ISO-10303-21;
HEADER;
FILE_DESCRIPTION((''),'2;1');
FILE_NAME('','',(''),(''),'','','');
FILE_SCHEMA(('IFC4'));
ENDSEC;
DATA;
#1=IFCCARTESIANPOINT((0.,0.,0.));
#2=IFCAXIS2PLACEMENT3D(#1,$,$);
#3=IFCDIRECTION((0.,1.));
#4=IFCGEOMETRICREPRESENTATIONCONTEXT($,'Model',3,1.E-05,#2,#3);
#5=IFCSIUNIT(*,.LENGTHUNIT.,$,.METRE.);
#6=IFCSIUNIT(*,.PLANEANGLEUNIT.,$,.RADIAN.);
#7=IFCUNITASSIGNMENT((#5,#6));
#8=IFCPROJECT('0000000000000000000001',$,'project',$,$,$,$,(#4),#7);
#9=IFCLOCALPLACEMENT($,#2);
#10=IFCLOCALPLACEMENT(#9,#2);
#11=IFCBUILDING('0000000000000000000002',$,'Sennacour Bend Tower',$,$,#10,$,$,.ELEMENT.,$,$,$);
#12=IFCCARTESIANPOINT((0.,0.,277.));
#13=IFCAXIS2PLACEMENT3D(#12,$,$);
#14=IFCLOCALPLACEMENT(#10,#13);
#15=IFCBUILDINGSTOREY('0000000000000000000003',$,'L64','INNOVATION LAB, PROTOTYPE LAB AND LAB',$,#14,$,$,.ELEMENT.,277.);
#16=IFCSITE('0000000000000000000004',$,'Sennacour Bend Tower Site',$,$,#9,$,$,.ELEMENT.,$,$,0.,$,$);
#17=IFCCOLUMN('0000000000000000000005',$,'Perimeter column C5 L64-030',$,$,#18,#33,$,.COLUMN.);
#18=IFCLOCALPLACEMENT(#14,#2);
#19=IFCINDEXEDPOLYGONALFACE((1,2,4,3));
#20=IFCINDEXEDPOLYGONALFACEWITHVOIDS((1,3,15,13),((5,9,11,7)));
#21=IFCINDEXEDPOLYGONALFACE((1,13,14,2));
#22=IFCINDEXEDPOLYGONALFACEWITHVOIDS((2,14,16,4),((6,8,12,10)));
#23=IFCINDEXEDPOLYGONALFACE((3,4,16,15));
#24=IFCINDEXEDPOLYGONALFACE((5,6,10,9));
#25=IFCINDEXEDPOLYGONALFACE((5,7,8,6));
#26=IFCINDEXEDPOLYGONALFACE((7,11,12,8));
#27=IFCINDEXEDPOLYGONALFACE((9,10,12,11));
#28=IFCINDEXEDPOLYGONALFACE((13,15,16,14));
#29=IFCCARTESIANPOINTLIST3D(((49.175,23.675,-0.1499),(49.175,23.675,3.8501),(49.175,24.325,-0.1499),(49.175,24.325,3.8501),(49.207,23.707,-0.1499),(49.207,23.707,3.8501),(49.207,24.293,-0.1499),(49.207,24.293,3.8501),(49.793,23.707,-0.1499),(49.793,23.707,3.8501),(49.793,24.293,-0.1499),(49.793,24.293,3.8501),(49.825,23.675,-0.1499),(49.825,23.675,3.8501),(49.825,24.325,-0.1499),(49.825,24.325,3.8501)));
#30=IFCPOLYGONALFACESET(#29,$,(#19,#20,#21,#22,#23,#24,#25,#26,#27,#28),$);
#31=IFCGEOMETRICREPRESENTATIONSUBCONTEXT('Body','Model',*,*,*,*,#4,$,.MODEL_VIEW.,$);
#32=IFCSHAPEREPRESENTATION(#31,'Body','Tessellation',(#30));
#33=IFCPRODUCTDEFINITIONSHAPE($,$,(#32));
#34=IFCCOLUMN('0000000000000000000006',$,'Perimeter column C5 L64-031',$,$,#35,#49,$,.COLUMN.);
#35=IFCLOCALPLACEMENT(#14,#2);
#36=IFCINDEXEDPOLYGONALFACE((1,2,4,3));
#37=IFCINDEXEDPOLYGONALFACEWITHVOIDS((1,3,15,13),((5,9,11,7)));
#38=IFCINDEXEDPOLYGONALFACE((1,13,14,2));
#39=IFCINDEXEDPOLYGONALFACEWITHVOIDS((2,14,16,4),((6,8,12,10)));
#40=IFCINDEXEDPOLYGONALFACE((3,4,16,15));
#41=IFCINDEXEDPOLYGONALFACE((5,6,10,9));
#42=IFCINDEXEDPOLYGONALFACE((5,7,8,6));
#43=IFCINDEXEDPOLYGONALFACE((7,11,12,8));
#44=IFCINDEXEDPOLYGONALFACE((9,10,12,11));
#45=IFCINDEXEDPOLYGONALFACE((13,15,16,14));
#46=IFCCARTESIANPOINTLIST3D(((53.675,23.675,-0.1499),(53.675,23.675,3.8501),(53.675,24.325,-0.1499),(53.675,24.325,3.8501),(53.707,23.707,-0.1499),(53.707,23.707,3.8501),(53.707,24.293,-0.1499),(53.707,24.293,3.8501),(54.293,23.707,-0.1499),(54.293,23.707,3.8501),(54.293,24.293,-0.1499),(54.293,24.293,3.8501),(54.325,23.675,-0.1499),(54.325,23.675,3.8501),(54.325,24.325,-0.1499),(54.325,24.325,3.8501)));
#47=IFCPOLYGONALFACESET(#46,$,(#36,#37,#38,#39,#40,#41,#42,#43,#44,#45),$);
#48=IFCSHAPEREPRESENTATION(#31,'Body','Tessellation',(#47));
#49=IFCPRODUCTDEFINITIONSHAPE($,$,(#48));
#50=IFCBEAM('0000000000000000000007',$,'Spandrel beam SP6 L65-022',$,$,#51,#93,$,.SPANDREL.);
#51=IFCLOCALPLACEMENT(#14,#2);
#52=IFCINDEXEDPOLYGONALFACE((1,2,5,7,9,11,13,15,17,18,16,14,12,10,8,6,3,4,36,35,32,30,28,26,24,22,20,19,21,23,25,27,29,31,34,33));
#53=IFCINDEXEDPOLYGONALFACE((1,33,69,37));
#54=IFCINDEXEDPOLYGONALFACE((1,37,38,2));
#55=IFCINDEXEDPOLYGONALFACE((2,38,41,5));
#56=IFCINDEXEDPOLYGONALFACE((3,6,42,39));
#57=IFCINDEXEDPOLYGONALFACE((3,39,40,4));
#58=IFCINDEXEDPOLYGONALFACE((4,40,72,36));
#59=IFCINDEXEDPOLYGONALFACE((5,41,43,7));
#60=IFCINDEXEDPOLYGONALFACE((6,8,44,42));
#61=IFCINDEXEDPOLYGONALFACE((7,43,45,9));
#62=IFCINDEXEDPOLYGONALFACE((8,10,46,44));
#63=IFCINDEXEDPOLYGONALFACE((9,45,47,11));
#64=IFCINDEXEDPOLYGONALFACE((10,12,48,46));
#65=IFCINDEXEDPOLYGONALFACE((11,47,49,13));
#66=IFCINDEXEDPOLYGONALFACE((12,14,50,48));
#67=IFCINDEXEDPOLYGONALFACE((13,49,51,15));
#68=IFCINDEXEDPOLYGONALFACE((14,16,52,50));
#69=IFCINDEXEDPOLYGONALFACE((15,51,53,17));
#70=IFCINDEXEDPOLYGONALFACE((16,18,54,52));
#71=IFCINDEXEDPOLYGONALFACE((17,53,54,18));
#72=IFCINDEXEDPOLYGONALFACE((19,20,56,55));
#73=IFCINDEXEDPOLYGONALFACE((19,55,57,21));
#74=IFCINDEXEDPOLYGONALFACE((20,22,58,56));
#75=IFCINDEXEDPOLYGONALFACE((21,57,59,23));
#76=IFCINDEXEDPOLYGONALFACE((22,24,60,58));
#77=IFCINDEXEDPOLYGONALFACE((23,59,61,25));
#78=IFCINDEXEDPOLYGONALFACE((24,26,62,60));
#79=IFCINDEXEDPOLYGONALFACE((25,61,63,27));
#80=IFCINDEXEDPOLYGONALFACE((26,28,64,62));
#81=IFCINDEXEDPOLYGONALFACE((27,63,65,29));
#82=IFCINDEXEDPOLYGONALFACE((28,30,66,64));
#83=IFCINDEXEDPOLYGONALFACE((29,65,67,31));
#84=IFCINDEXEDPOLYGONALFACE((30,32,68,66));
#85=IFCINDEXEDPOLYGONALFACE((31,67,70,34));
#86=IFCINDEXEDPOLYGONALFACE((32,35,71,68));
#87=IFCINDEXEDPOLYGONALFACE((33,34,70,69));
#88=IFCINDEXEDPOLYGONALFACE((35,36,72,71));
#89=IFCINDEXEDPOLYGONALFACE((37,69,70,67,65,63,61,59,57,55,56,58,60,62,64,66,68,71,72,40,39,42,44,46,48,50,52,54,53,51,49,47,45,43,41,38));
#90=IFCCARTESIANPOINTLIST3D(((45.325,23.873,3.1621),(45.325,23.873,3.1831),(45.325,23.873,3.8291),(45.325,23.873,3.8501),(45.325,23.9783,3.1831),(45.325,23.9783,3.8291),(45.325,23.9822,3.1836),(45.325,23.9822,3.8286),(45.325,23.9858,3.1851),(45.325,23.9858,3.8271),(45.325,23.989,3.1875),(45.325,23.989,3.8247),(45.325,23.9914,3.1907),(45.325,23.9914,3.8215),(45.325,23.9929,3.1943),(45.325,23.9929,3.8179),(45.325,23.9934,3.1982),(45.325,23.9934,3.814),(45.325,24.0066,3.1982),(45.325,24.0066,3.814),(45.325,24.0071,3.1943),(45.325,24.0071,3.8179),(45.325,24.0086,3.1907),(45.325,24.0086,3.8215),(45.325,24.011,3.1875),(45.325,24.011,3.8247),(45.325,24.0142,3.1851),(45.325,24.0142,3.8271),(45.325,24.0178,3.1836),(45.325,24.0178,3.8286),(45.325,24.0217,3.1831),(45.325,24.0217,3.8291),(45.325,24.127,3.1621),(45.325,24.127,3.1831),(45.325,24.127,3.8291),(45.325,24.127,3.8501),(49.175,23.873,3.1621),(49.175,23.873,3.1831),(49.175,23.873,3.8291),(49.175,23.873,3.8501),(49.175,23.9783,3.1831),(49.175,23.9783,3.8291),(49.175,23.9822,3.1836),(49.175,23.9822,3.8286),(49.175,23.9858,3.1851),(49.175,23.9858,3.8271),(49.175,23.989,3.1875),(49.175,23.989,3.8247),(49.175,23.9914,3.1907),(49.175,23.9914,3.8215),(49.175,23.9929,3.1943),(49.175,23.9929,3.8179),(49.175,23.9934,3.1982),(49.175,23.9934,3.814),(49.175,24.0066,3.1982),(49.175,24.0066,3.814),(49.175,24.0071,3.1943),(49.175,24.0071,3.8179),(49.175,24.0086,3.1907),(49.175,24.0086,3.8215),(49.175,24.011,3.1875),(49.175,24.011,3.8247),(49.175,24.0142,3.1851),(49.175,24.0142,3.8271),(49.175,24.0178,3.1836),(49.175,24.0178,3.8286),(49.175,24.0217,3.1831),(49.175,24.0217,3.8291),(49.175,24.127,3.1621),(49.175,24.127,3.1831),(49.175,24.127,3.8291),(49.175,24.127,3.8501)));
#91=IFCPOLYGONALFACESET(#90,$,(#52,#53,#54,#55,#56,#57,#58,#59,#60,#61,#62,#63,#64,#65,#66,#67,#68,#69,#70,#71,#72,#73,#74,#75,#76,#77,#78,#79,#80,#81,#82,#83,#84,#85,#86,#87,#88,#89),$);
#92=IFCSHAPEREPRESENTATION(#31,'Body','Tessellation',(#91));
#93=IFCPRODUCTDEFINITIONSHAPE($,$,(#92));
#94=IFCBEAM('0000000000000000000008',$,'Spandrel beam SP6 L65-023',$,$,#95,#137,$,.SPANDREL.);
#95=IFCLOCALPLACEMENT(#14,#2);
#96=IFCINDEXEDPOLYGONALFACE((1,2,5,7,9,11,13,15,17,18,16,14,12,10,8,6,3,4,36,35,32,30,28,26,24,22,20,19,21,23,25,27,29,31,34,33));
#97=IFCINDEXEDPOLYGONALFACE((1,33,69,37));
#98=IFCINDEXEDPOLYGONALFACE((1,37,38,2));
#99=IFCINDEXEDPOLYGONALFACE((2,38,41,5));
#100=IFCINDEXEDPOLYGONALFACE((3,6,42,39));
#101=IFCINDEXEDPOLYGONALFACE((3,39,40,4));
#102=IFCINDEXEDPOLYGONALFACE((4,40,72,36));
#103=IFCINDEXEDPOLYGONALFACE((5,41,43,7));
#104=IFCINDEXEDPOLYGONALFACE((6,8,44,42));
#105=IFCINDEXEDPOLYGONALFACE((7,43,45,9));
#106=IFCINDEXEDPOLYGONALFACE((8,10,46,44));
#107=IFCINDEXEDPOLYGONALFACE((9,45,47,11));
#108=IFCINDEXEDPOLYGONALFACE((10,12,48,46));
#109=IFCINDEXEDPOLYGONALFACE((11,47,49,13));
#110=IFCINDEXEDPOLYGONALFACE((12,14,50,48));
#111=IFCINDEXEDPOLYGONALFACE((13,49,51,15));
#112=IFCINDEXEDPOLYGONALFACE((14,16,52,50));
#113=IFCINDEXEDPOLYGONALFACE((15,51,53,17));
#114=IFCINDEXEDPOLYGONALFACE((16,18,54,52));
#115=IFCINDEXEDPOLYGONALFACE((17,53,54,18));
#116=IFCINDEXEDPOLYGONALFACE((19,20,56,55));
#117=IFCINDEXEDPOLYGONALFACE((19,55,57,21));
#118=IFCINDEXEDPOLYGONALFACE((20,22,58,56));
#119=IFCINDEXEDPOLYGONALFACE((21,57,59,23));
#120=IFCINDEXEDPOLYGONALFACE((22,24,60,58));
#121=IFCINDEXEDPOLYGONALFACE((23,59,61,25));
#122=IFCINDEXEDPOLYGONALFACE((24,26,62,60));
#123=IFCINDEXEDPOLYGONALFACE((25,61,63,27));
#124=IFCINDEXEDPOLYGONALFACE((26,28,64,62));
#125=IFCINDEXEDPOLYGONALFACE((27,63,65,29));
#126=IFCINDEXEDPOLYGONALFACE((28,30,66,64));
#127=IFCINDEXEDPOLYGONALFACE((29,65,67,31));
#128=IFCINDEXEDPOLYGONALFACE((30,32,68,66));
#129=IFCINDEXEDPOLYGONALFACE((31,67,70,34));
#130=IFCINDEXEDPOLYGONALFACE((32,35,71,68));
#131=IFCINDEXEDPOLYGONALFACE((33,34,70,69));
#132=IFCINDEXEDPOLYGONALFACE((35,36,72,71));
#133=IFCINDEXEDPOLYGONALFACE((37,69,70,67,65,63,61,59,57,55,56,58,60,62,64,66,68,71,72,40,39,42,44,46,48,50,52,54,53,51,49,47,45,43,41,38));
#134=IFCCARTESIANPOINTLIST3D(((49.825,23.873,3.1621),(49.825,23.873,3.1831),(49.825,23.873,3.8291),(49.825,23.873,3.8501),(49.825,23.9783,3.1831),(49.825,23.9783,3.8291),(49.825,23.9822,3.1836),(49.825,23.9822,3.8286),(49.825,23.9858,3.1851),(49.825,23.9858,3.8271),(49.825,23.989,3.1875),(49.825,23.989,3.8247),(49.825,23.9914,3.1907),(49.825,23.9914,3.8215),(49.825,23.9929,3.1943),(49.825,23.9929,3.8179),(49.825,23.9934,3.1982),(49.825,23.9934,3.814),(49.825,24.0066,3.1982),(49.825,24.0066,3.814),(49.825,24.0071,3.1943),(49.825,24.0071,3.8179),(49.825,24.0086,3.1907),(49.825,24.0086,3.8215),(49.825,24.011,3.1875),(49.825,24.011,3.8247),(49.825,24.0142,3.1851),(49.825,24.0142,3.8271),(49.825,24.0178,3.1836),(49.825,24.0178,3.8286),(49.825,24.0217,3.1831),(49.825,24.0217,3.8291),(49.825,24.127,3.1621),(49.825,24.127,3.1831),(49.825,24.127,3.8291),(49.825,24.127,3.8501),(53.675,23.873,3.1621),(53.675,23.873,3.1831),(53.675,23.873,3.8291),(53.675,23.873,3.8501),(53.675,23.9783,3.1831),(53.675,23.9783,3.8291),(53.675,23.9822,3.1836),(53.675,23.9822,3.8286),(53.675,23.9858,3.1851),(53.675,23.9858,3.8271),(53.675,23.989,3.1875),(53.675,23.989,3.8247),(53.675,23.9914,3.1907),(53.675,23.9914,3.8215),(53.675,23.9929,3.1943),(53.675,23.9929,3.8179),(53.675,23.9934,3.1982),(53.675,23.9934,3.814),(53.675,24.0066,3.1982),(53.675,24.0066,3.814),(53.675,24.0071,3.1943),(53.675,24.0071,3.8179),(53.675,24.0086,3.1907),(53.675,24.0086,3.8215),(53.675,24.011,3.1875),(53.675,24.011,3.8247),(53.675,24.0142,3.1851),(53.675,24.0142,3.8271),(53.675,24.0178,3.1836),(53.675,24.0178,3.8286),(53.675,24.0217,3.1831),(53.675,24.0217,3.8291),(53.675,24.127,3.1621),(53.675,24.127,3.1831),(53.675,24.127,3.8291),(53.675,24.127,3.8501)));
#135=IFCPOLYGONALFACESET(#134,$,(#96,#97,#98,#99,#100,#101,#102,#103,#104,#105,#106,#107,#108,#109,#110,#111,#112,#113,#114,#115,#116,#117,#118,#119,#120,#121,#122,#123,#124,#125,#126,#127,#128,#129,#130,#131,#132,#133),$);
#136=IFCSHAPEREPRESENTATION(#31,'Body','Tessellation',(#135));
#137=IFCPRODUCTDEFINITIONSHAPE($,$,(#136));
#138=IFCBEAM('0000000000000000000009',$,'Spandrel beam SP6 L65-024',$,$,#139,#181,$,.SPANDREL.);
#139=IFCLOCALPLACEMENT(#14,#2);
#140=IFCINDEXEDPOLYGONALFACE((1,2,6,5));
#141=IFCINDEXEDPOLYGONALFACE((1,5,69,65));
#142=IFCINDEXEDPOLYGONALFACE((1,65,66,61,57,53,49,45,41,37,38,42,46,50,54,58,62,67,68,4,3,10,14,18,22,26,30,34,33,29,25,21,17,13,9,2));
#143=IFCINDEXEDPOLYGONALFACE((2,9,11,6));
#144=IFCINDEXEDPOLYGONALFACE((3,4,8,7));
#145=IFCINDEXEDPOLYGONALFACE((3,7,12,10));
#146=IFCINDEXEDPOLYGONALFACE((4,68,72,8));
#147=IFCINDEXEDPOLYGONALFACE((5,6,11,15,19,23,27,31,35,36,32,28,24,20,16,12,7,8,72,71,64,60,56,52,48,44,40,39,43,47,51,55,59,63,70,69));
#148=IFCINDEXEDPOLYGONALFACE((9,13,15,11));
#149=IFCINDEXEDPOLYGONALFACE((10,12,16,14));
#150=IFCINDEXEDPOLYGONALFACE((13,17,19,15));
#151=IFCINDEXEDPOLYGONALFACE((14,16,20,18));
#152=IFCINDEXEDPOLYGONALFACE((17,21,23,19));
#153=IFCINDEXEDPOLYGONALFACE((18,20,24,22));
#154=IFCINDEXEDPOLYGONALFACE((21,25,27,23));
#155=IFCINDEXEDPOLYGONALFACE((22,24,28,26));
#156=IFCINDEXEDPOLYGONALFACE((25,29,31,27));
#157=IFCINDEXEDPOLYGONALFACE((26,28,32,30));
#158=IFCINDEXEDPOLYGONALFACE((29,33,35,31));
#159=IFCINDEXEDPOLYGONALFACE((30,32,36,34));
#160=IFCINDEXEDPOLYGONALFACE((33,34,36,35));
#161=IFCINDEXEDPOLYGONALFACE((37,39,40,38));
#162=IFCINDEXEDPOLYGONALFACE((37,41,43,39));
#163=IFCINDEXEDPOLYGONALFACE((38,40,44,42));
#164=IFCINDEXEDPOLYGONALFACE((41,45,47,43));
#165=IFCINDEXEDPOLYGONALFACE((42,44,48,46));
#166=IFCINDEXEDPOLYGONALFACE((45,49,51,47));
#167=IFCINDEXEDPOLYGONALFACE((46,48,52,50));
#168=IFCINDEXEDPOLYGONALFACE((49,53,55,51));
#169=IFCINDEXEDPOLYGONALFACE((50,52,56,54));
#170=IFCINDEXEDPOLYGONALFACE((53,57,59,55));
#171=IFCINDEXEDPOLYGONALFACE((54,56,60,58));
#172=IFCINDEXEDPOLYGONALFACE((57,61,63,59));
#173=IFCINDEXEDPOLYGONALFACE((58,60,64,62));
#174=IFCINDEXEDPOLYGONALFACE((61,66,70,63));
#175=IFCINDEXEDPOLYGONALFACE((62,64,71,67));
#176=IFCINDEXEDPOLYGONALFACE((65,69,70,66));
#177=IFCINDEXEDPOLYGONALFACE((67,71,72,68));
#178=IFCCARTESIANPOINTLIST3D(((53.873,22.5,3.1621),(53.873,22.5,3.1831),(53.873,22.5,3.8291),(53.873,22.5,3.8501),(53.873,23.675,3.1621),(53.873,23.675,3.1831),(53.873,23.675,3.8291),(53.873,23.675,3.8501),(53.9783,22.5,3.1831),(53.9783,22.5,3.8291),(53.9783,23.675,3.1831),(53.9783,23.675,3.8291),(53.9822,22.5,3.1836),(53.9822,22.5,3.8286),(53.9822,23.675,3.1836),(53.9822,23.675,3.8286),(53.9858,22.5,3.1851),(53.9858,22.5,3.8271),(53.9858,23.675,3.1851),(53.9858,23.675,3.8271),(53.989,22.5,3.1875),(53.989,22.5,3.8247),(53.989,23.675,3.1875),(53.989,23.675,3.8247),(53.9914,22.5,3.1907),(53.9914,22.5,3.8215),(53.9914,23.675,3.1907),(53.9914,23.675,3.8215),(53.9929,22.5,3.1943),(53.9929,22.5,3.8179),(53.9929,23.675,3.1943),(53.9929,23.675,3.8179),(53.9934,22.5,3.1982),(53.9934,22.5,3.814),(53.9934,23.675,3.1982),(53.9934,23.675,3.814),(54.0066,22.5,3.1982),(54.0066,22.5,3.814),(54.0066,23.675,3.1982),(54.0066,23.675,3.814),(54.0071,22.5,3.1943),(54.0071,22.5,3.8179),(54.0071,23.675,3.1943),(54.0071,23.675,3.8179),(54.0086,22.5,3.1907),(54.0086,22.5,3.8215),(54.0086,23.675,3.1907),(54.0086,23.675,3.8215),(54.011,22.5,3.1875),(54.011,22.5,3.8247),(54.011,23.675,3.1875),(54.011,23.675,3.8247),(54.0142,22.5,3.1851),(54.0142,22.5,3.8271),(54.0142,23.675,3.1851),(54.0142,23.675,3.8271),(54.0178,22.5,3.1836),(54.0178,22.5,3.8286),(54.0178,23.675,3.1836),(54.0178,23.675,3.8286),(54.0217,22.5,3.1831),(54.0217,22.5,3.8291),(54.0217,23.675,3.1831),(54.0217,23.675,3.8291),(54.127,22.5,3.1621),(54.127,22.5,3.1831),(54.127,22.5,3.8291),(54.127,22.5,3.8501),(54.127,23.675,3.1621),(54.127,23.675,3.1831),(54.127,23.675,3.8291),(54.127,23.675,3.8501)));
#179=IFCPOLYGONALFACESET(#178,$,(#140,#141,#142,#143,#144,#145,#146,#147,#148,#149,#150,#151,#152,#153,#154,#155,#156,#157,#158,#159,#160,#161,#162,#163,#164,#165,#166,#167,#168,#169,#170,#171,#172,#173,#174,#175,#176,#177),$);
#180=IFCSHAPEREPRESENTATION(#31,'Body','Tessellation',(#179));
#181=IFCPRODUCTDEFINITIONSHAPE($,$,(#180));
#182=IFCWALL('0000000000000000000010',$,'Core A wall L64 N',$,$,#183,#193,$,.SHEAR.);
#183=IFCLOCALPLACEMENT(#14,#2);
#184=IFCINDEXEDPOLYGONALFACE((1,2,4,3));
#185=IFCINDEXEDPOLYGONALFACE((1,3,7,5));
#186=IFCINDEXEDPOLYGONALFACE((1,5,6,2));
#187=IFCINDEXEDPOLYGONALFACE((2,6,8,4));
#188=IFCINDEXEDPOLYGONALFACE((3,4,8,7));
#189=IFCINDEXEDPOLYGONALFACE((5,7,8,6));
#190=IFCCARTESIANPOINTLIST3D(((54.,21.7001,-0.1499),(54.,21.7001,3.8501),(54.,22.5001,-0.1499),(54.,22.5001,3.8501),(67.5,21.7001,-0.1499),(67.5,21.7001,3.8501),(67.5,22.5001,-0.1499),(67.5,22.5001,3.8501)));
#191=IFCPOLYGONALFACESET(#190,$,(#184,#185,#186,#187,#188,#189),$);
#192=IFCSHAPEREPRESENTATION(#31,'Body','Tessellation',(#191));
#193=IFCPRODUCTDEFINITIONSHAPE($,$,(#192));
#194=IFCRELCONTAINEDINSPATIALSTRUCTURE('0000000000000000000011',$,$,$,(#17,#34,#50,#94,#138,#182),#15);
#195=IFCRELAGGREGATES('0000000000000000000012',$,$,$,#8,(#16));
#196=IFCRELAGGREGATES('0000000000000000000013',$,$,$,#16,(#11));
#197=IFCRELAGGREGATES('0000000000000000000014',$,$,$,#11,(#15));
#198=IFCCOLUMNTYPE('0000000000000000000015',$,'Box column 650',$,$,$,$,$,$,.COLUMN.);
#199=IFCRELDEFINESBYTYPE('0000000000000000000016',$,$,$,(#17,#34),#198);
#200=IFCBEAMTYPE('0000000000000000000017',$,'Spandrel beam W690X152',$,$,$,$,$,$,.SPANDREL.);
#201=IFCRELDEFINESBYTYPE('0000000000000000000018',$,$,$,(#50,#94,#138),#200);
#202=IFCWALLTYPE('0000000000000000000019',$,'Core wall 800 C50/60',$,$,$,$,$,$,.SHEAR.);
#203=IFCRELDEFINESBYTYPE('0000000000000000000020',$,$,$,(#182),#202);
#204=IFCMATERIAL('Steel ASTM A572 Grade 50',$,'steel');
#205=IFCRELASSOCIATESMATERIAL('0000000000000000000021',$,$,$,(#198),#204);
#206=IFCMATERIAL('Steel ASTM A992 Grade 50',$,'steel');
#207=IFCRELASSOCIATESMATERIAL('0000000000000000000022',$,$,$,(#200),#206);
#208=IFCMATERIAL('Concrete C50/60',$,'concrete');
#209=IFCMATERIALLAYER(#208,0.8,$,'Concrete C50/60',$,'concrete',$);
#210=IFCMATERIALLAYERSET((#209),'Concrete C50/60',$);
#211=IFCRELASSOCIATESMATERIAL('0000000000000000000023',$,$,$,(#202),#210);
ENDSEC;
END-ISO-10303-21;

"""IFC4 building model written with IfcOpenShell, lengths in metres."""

from ifc_helpers import new_model, si_unit, direction, frame, frame_2d, origin, origin_2d, place, context, subcontext, project, spatial, rectangle, hollow_rectangle, i_section, extrude, material, layer, layer_set, material_profile, profile_set, type_object, element, save


model = new_model("IFC4")

# Units and contexts
model_context = context("Model", 3, precision=1e-05, world=origin(), true_north=direction((0.0, 1.0)))
body_context = subcontext(model_context, "Body", "Model", "MODEL_VIEW")
ifc_project = project(units=[si_unit("LENGTHUNIT", "METRE"), si_unit("PLANEANGLEUNIT", "RADIAN")], contexts=[model_context])

# Site, building, storey
site_placement = place(None, origin())
site = spatial("IfcSite", under=ifc_project, at=site_placement, Name="Sennacour Bend Tower Site", CompositionType="ELEMENT", RefElevation=0.0)
building_placement = place(site_placement, origin())
building = spatial("IfcBuilding", under=site, at=building_placement, Name="Sennacour Bend Tower", CompositionType="ELEMENT")
storey_placement = place(building_placement, frame((0.0, 0.0, 277.0)))
storey = spatial("IfcBuildingStorey", under=building, at=storey_placement, Name="L64", Description="INNOVATION LAB, PROTOTYPE LAB AND LAB", CompositionType="ELEMENT", Elevation=277.0)

# Columns
ifc_material_1 = material(Name="Steel ASTM A572 Grade 50", Category="steel")
ifc_material_profile_1 = material_profile(ifc_material_1, hollow_rectangle(XDim=0.6499, YDim=0.6499, WallThickness=0.032, at=origin_2d()), Name="Steel ASTM A572 Grade 50", Category="steel")
ifc_profile_set_1 = profile_set([ifc_material_profile_1], Name="Steel ASTM A572 Grade 50")
column_type = type_object("IfcColumnType", Name="Box column 650", PredefinedType="COLUMN", material=ifc_profile_set_1)
for number, where, z_axis, x_axis, name in (
    (1, (49.5, 24.0, -0.1499), (0.0, 0.0, 1.0), (1.0, 0.0, 0.0), "Perimeter column C5 L64-030"),
    (2, (54.0, 24.0, -0.1499), (0.0, 0.0, 1.0), (1.0, 0.0, 0.0), "Perimeter column C5 L64-031"),
):
    element("IfcColumn", number, at=place(storey_placement, frame(where, z_axis=z_axis, x_axis=x_axis)), inside=storey, type_object=column_type, Name=name, PredefinedType="COLUMN", context=body_context, shape_type="SweptSolid", body=[
        extrude(hollow_rectangle(XDim=0.6499, YDim=0.6499, WallThickness=0.032, at=origin_2d()), origin(), (0.0, 0.0, 1.0), 4.0),
    ])

# Beams
ifc_material_2 = material(Name="Steel ASTM A992 Grade 50", Category="steel")
ifc_material_profile_2 = material_profile(ifc_material_2, i_section(OverallWidth=0.2539, OverallDepth=0.688, WebThickness=0.0132, FlangeThickness=0.021, FilletRadius=0.0151, at=origin_2d()), Name="Steel ASTM A992 Grade 50", Category="steel")
ifc_profile_set_2 = profile_set([ifc_material_profile_2], Name="Steel ASTM A992 Grade 50")
beam_type = type_object("IfcBeamType", Name="Spandrel beam W690X152", PredefinedType="SPANDREL", material=ifc_profile_set_2)
for number, where, z_axis, x_axis, name in (
    (3, (45.325, 24.0, 3.5061), (1.0, 0.0, 0.0), (0.0, 1.0, 0.0), "Spandrel beam SP6 L65-022"),
    (4, (49.825, 24.0, 3.5061), (1.0, 0.0, 0.0), (0.0, 1.0, 0.0), "Spandrel beam SP6 L65-023"),
):
    element("IfcBeam", number, at=place(storey_placement, frame(where, z_axis=z_axis, x_axis=x_axis)), inside=storey, type_object=beam_type, Name=name, PredefinedType="SPANDREL", context=body_context, shape_type="SweptSolid", body=[
        extrude(i_section(OverallWidth=0.2539, OverallDepth=0.688, WebThickness=0.0132, FlangeThickness=0.021, FilletRadius=0.0151, at=origin_2d()), origin(), (0.0, 0.0, 1.0), 3.8501),
    ])
beam_placement = place(storey_placement, frame((54.0, 23.675, 3.5061), z_axis=(0.0, -1.0, 0.0), x_axis=(1.0, 0.0, 0.0)))
element("IfcBeam", 5, at=beam_placement, inside=storey, type_object=beam_type, Name="Spandrel beam SP6 L65-024", PredefinedType="SPANDREL", context=body_context, shape_type="SweptSolid", body=[
    extrude(i_section(OverallWidth=0.2539, OverallDepth=0.688, WebThickness=0.0132, FlangeThickness=0.021, FilletRadius=0.0151, at=origin_2d()), origin(), (0.0, 0.0, 1.0), 1.175),
])

# Wall
ifc_material_3 = material(Name="Concrete C50/60", Category="concrete")
ifc_layer_1 = layer(ifc_material_3, 0.8, Name="Concrete C50/60", Category="concrete")
ifc_layer_set_1 = layer_set([ifc_layer_1], Name="Concrete C50/60")
wall_type_1 = type_object("IfcWallType", Name="Core wall 800 C50/60", PredefinedType="SHEAR", material=ifc_layer_set_1)
wall_1_placement = place(storey_placement, frame((54.0, 22.1001, -0.1499), z_axis=(0.0, 0.0, 1.0), x_axis=(1.0, 0.0, 0.0)))
element("IfcWall", 6, at=wall_1_placement, inside=storey, type_object=wall_type_1, Name="Core A wall L64 N", PredefinedType="SHEAR", context=body_context, shape_type="SweptSolid", body=[
    extrude(rectangle(XDim=13.5, YDim=0.8, at=frame_2d((6.75, 0.0))), origin(), (0.0, 0.0, 1.0), 4.0),
])

save(model, "model.ifc")
